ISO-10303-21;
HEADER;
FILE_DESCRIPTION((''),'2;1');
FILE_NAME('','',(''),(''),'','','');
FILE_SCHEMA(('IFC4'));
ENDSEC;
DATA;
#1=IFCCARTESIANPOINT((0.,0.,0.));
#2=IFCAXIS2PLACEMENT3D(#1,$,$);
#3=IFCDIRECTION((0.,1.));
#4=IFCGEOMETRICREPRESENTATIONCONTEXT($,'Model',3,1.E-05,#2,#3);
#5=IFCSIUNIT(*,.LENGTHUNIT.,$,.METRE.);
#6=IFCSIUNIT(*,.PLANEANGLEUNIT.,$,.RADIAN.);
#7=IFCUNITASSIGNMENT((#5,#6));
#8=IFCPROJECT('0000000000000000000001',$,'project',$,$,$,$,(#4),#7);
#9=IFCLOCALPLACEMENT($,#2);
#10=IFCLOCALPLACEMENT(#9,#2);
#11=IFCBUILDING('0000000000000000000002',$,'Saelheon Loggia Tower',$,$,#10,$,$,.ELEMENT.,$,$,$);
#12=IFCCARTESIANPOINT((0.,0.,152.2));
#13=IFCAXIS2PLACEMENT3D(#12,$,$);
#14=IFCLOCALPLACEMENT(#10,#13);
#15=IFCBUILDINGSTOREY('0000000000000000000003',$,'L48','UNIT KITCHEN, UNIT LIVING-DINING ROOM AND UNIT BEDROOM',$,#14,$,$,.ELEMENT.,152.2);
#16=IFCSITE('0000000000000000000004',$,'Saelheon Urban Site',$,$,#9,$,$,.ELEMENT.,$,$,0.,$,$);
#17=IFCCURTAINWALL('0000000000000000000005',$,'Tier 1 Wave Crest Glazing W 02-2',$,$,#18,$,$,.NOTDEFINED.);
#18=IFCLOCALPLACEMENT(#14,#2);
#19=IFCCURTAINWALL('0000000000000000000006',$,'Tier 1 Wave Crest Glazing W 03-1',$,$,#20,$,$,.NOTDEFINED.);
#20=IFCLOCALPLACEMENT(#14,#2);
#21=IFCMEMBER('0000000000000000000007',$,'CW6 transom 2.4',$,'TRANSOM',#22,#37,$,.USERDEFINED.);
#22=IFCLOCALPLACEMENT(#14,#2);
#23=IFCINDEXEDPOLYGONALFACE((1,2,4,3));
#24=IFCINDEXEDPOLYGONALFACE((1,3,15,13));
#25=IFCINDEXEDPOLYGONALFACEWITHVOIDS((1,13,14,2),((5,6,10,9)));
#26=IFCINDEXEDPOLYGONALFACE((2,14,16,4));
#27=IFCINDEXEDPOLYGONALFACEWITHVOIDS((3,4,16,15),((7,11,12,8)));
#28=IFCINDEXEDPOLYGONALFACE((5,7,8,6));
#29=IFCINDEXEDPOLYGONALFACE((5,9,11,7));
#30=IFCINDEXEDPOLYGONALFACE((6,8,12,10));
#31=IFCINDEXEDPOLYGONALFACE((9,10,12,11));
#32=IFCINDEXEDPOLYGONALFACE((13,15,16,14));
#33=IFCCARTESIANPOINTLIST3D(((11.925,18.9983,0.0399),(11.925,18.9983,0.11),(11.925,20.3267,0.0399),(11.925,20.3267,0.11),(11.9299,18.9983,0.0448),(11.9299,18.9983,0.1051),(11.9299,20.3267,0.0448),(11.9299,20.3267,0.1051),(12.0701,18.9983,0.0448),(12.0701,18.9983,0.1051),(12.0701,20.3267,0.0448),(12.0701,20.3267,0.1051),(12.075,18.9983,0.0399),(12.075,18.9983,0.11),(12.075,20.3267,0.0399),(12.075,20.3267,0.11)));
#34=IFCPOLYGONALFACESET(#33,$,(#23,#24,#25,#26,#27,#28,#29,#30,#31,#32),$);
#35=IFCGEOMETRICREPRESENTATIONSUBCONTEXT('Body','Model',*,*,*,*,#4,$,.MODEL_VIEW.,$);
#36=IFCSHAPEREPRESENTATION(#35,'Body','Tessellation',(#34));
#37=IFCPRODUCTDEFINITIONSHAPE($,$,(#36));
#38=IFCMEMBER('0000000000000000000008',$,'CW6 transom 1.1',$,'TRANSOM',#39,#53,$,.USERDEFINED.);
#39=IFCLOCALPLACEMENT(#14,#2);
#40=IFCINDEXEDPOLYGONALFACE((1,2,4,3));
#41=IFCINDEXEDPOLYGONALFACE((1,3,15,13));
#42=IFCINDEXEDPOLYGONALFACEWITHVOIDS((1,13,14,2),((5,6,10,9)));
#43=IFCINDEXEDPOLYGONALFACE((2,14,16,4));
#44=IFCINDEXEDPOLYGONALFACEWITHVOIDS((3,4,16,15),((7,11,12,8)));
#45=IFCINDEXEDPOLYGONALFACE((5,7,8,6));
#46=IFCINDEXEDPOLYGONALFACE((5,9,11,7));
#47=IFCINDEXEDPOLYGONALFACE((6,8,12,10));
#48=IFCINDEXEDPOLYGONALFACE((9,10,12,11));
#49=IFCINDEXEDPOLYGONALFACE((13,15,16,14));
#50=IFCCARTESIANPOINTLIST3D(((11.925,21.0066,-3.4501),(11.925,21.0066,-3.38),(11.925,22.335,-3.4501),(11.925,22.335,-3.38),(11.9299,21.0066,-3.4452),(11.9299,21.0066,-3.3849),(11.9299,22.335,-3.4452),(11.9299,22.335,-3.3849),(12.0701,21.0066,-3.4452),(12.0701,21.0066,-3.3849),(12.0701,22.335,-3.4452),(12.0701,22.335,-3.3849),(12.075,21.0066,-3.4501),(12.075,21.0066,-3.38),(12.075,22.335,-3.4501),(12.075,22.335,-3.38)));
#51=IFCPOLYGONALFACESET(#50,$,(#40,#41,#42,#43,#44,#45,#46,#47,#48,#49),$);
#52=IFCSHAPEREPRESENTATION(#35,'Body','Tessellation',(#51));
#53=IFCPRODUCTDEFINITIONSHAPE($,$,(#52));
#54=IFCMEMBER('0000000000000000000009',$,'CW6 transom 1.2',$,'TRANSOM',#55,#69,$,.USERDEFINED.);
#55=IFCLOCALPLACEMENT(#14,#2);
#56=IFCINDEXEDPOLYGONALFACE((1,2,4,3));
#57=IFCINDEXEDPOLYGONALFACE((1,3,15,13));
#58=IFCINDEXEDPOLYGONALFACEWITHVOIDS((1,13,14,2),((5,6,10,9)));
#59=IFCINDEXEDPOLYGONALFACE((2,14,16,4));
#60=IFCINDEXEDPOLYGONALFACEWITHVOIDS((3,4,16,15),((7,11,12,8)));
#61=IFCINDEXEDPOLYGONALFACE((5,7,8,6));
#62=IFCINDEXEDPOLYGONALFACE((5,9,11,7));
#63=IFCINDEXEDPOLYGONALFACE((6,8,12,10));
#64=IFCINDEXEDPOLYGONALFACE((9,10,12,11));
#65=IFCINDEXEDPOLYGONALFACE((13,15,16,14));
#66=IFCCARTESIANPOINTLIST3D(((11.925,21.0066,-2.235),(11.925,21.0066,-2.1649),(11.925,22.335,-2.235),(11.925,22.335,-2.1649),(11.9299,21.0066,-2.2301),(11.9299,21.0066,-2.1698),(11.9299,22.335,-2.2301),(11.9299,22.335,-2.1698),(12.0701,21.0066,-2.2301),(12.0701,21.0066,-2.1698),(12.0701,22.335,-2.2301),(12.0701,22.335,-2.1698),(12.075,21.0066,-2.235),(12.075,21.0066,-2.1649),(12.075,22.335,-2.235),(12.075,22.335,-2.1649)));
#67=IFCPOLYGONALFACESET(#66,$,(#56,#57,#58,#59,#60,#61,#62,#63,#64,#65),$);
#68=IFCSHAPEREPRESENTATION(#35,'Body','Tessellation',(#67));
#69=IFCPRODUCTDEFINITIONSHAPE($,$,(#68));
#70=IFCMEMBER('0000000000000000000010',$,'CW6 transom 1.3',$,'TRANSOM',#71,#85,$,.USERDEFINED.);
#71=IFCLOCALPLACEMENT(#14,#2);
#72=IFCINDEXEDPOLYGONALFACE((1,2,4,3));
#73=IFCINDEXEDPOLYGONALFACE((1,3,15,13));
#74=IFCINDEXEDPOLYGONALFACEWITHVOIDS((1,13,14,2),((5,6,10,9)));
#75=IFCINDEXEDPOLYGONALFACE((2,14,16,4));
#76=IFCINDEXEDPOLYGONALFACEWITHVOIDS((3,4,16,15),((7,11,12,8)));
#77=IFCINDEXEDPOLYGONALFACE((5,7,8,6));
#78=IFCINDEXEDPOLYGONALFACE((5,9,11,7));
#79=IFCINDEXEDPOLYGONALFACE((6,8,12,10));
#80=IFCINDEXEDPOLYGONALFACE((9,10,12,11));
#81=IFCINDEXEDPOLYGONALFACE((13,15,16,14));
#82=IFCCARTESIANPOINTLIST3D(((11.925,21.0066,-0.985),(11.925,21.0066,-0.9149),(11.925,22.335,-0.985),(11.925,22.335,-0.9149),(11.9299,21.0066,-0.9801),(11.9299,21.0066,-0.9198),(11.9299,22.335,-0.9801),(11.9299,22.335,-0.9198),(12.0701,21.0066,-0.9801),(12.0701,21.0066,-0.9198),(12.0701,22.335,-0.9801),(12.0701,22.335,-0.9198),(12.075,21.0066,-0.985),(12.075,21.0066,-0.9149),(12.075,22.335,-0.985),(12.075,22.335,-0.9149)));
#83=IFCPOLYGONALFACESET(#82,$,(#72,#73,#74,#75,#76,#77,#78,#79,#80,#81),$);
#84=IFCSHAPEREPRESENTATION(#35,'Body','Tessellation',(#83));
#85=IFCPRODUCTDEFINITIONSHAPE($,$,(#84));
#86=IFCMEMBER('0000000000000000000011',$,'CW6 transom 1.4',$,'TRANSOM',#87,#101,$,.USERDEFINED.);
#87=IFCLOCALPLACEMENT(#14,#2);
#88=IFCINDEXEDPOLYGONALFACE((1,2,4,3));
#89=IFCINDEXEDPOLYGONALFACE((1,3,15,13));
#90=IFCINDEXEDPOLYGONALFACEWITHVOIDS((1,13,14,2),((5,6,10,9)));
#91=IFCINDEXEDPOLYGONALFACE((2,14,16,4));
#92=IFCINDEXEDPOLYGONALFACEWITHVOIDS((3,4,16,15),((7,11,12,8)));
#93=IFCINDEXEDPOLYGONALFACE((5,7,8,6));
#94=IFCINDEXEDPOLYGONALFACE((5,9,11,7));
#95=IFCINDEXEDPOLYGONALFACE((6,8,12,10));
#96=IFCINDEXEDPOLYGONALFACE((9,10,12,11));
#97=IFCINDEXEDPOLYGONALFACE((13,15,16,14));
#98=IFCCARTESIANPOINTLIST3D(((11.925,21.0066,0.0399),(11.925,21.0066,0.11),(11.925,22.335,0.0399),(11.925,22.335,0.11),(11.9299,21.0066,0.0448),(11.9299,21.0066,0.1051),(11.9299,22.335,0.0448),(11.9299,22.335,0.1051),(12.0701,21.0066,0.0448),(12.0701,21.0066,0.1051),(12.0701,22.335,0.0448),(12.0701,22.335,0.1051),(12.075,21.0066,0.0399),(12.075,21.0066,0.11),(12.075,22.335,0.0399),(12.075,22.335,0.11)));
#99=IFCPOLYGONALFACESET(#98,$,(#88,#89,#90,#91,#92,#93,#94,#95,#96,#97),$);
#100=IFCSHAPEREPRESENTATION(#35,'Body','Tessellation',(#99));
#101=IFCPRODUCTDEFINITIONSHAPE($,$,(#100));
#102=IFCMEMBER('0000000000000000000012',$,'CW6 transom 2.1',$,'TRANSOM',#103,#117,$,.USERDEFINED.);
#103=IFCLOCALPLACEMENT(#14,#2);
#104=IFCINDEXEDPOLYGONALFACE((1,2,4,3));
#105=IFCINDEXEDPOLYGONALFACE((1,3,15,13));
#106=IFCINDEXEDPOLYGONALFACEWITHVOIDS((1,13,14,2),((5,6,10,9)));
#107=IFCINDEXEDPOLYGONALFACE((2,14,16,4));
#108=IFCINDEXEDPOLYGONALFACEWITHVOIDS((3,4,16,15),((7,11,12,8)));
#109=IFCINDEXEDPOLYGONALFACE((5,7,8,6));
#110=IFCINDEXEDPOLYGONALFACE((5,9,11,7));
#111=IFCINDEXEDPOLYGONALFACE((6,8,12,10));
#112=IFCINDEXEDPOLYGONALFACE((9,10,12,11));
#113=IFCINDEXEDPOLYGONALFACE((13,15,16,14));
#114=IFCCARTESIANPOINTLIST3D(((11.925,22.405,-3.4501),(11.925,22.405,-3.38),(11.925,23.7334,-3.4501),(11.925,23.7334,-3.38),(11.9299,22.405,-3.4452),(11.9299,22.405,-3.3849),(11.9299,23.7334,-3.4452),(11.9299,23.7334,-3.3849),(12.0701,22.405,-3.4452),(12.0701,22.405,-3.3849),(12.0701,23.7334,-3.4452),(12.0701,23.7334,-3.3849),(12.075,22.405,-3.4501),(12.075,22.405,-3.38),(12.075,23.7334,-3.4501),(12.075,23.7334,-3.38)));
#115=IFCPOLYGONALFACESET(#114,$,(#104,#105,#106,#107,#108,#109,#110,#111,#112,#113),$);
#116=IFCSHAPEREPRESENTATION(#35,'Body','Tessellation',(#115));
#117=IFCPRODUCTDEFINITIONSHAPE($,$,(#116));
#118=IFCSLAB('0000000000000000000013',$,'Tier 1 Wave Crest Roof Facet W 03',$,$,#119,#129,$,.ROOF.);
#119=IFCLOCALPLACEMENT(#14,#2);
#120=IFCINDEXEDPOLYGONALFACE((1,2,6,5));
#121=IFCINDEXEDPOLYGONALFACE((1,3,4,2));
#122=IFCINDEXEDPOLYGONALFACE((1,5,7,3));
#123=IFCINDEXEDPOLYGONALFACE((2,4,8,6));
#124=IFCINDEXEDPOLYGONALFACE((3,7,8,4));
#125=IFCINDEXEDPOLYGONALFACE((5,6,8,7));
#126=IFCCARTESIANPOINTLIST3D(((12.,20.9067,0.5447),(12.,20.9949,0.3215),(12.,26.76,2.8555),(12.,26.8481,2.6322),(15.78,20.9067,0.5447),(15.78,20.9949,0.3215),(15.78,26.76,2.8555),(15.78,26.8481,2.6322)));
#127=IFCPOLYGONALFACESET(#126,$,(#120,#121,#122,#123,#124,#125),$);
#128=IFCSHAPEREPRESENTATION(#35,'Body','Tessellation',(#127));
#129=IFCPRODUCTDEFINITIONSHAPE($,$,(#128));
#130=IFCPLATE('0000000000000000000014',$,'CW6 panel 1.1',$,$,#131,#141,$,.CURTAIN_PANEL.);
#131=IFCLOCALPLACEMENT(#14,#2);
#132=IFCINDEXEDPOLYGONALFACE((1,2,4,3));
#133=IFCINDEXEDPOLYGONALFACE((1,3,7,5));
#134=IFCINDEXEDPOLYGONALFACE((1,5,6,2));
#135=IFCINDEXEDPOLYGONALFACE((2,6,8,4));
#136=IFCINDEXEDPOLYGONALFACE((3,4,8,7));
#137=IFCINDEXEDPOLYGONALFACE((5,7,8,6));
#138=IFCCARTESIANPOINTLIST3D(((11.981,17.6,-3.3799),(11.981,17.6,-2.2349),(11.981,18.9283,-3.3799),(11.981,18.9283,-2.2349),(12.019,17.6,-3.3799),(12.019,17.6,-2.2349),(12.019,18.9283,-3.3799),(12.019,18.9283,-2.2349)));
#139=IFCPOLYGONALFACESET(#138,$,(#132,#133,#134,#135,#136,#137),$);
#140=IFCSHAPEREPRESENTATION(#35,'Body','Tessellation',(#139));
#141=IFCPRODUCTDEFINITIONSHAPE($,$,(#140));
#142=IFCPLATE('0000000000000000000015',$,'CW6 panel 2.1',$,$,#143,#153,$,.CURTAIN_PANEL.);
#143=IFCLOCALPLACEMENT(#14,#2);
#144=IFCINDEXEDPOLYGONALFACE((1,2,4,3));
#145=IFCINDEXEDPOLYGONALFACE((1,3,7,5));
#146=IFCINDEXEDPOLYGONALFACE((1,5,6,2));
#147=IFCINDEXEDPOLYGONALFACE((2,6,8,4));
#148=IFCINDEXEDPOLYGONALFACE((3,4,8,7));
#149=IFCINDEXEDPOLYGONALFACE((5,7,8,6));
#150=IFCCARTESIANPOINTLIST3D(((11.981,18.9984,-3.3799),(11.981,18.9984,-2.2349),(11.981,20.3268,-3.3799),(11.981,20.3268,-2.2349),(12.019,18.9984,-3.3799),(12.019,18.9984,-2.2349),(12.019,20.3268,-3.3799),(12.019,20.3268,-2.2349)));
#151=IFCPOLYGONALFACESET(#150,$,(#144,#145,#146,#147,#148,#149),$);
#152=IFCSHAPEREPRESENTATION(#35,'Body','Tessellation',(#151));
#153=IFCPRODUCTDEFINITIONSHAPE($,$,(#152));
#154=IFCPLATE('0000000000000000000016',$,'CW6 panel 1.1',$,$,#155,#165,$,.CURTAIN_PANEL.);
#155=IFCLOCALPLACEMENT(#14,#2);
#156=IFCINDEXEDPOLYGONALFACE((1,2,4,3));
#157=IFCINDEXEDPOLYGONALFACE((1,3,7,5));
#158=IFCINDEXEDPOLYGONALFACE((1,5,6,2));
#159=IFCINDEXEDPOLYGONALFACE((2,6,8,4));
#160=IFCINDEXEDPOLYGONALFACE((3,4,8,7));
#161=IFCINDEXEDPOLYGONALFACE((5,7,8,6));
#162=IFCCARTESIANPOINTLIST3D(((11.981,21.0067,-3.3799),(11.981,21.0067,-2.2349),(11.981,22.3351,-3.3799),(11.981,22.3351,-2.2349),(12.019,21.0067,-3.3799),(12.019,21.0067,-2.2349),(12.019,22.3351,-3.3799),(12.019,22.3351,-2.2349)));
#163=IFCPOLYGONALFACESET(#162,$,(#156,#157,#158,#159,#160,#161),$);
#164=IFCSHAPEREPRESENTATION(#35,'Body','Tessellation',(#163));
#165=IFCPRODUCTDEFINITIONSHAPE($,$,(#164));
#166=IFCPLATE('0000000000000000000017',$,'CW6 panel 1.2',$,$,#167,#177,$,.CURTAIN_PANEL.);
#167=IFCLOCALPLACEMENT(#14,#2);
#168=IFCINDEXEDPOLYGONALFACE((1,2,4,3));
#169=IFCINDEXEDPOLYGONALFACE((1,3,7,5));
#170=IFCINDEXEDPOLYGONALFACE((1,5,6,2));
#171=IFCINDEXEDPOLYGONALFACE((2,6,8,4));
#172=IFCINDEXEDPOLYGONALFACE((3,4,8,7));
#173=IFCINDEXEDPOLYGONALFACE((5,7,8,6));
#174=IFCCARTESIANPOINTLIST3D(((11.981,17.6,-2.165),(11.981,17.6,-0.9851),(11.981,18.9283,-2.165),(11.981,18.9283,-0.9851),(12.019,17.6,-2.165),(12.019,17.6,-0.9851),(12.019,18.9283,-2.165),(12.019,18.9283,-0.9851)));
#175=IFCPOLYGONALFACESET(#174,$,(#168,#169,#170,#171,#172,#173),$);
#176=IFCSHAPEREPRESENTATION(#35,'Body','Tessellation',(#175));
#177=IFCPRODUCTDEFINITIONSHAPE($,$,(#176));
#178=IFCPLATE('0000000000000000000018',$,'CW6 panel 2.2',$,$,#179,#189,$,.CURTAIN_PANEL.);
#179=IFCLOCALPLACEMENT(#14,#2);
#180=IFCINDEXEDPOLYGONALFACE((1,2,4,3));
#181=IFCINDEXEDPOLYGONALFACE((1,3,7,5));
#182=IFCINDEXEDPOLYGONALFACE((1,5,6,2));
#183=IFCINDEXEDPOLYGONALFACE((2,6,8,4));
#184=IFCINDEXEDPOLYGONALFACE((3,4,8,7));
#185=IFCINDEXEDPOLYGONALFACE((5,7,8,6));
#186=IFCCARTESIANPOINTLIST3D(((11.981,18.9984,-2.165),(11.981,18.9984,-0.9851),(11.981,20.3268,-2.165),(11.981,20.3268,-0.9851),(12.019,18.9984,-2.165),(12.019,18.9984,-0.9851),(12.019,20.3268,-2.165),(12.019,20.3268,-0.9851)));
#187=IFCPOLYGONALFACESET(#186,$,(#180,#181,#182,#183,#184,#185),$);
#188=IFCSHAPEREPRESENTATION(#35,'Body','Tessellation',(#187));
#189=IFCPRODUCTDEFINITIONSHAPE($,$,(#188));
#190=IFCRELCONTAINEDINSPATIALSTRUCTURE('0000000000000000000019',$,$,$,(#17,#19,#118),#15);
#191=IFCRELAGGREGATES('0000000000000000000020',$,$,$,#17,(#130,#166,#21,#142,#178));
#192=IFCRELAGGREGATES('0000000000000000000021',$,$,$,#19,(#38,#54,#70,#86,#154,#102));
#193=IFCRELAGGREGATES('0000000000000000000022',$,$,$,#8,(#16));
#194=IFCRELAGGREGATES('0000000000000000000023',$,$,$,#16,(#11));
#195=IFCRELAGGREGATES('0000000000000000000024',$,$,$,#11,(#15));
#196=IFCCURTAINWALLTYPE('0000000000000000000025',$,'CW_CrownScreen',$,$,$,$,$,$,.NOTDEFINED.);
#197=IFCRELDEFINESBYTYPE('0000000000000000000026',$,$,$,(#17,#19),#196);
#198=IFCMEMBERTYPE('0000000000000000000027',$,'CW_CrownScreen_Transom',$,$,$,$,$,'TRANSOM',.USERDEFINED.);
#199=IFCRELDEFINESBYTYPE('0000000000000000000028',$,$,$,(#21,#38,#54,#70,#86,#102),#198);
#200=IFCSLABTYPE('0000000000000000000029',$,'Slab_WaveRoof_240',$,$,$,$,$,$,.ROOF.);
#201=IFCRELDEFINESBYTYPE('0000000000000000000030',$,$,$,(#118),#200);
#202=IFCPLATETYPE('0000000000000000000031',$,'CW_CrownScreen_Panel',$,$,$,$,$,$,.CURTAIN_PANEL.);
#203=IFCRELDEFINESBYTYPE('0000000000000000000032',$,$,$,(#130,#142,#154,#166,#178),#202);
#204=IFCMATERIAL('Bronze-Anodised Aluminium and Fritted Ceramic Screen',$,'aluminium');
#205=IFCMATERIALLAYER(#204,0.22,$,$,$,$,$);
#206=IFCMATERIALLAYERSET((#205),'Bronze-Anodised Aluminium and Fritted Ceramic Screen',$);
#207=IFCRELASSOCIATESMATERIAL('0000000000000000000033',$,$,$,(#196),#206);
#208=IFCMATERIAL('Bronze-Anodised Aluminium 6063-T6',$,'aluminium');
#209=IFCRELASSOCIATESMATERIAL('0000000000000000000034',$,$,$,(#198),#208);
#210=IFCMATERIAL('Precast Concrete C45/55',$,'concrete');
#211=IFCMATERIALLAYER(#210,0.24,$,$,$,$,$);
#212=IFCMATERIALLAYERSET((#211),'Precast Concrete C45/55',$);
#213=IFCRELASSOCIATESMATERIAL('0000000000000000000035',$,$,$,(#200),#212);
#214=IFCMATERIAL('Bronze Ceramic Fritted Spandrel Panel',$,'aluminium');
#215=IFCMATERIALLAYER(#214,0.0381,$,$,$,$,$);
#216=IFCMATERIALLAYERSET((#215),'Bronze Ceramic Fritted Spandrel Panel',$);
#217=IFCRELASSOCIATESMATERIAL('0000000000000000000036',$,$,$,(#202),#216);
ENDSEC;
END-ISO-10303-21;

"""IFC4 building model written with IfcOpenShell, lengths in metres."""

from ifc_helpers import new_model, si_unit, direction, frame, origin, origin_2d, place, context, subcontext, project, spatial, polyline, rectangle, hollow_rectangle, outline, extrude, source, transform, mapped, material, layer, layer_set, material_profile, profile_set, type_object, element, aggregate, save


model = new_model("IFC4")

# Units and contexts
model_context = context("Model", 3, precision=1e-05, world=origin(), true_north=direction((0.0, 1.0)))
body_context = subcontext(model_context, "Body", "Model", "MODEL_VIEW")
ifc_project = project(units=[si_unit("LENGTHUNIT", "METRE"), si_unit("PLANEANGLEUNIT", "RADIAN")], contexts=[model_context])

# Site, building, storey
site_placement = place(None, origin())
site = spatial("IfcSite", under=ifc_project, at=site_placement, Name="Saelheon Urban Site", CompositionType="ELEMENT", RefElevation=0.0)
building_placement = place(site_placement, origin())
building = spatial("IfcBuilding", under=site, at=building_placement, Name="Saelheon Loggia Tower", CompositionType="ELEMENT")
storey_placement = place(building_placement, frame((0.0, 0.0, 152.2)))
storey = spatial("IfcBuildingStorey", under=building, at=storey_placement, Name="L48", Description="UNIT KITCHEN, UNIT LIVING-DINING ROOM AND UNIT BEDROOM", CompositionType="ELEMENT", Elevation=152.2)

# Curtain walls
ifc_material_1 = material(Name="Bronze-Anodised Aluminium and Fritted Ceramic Screen", Category="aluminium")
ifc_layer_1 = layer(ifc_material_1, 0.22)
ifc_layer_set_1 = layer_set([ifc_layer_1], Name="Bronze-Anodised Aluminium and Fritted Ceramic Screen")
curtain_wall_type = type_object("IfcCurtainWallType", Name="CW_CrownScreen", PredefinedType="NOTDEFINED", material=ifc_layer_set_1)
curtain_wall_1_placement = place(storey_placement, origin())
curtain_wall_1 = element("IfcCurtainWall", 1, at=curtain_wall_1_placement, inside=storey, type_object=curtain_wall_type, Name="Tier 1 Wave Crest Glazing W 02-2", PredefinedType="NOTDEFINED")
ifc_material_2 = material(Name="Bronze-Anodised Aluminium 6063-T6", Category="aluminium")
curtain_wall_2_placement = place(storey_placement, origin())
curtain_wall_2 = element("IfcCurtainWall", 2, at=curtain_wall_2_placement, inside=storey, type_object=curtain_wall_type, Name="Tier 1 Wave Crest Glazing W 03-1", PredefinedType="NOTDEFINED")

# Members
ifc_material_profile_1 = material_profile(ifc_material_2, hollow_rectangle(XDim=0.0701, YDim=0.1499, WallThickness=0.0049, at=origin_2d()), Name="RHS-150x70x5")
ifc_profile_set_1 = profile_set([ifc_material_profile_1], Name="Bronze-Anodised Aluminium 6063-T6")
member_type_1 = type_object("IfcMemberType", Name="CW_CrownScreen_Transom", ElementType="TRANSOM", PredefinedType="USERDEFINED", material=ifc_profile_set_1)
shared_shape_1 = source(origin(), body_context, "Body", "SweptSolid", [
    extrude(hollow_rectangle(XDim=0.0701, YDim=0.1499, WallThickness=0.0049, at=origin_2d()), origin(), (0.0, 0.0, 1.0), 1.3284),
])
member_1_placement = place(storey_placement, frame((12.0, 18.9983, 0.075), z_axis=(0.0, 1.0, 0.0), x_axis=(0.0, 0.0, 1.0)))
member_1 = element("IfcMember", 3, at=member_1_placement, type_object=member_type_1, Name="CW6 transom 2.4", ObjectType="TRANSOM", PredefinedType="USERDEFINED", context=body_context, shape_type="MappedRepresentation", body=[
    mapped(shared_shape_1, transform((0.0, 0.0, 0.0), scale=1.0)),
])
member_2_placement = place(storey_placement, frame((12.0, 21.0066, -3.415), z_axis=(0.0, 1.0, 0.0), x_axis=(0.0, 0.0, 1.0)))
member_2 = element("IfcMember", 4, at=member_2_placement, type_object=member_type_1, Name="CW6 transom 1.1", ObjectType="TRANSOM", PredefinedType="USERDEFINED", context=body_context, shape_type="MappedRepresentation", body=[
    mapped(shared_shape_1, transform((0.0, 0.0, 0.0), scale=1.0)),
])
member_3_placement = place(storey_placement, frame((12.0, 21.0066, -2.2), z_axis=(0.0, 1.0, 0.0), x_axis=(0.0, 0.0, 1.0)))
member_3 = element("IfcMember", 5, at=member_3_placement, type_object=member_type_1, Name="CW6 transom 1.2", ObjectType="TRANSOM", PredefinedType="USERDEFINED", context=body_context, shape_type="MappedRepresentation", body=[
    mapped(shared_shape_1, transform((0.0, 0.0, 0.0), scale=1.0)),
])
member_4_placement = place(storey_placement, frame((12.0, 21.0066, -0.95), z_axis=(0.0, 1.0, 0.0), x_axis=(0.0, 0.0, 1.0)))
member_4 = element("IfcMember", 6, at=member_4_placement, type_object=member_type_1, Name="CW6 transom 1.3", ObjectType="TRANSOM", PredefinedType="USERDEFINED", context=body_context, shape_type="MappedRepresentation", body=[
    mapped(shared_shape_1, transform((0.0, 0.0, 0.0), scale=1.0)),
])
member_5_placement = place(storey_placement, frame((12.0, 21.0066, 0.075), z_axis=(0.0, 1.0, 0.0), x_axis=(0.0, 0.0, 1.0)))
member_5 = element("IfcMember", 7, at=member_5_placement, type_object=member_type_1, Name="CW6 transom 1.4", ObjectType="TRANSOM", PredefinedType="USERDEFINED", context=body_context, shape_type="MappedRepresentation", body=[
    mapped(shared_shape_1, transform((0.0, 0.0, 0.0), scale=1.0)),
])
member_6_placement = place(storey_placement, frame((12.0, 22.405, -3.415), z_axis=(0.0, 1.0, 0.0), x_axis=(0.0, 0.0, 1.0)))
member_6 = element("IfcMember", 8, at=member_6_placement, type_object=member_type_1, Name="CW6 transom 2.1", ObjectType="TRANSOM", PredefinedType="USERDEFINED", context=body_context, shape_type="MappedRepresentation", body=[
    mapped(shared_shape_1, transform((0.0, 0.0, 0.0), scale=1.0)),
])

# Slab
ifc_material_3 = material(Name="Precast Concrete C45/55", Category="concrete")
ifc_layer_2 = layer(ifc_material_3, 0.24)
ifc_layer_set_2 = layer_set([ifc_layer_2], Name="Precast Concrete C45/55")
slab_type = type_object("IfcSlabType", Name="Slab_WaveRoof_240", PredefinedType="ROOF", material=ifc_layer_set_2)
slab_placement = place(storey_placement, frame((12.0, 20.9067, 0.5447), z_axis=(0.0, -0.367206, 0.93014), x_axis=(1.0, 0.0, 0.0)))
element("IfcSlab", 9, at=slab_placement, inside=storey, type_object=slab_type, Name="Tier 1 Wave Crest Roof Facet W 03", PredefinedType="ROOF", context=body_context, shape_type="SweptSolid", body=[
    extrude(outline(polyline([(0.0, 0.0), (3.78, 0.0), (3.78, 6.2929), (0.0, 6.2929), (0.0, 0.0)])), origin(), (0.0, 0.0, -1.0), 0.24),
])

# Plates
ifc_material_4 = material(Name="Bronze Ceramic Fritted Spandrel Panel", Category="aluminium")
ifc_layer_3 = layer(ifc_material_4, 0.0381)
ifc_layer_set_3 = layer_set([ifc_layer_3], Name="Bronze Ceramic Fritted Spandrel Panel")
plate_type = type_object("IfcPlateType", Name="CW_CrownScreen_Panel", PredefinedType="CURTAIN_PANEL", material=ifc_layer_set_3)
shared_shape_2 = source(origin(), body_context, "Body", "SweptSolid", [
    extrude(rectangle(XDim=1.3284, YDim=0.0381, at=origin_2d()), origin(), (0.0, 0.0, 1.0), 1.145),
])
plate_1_placement = place(storey_placement, frame((12.0, 18.2642, -3.3799), z_axis=(0.0, 0.0, 1.0), x_axis=(0.0, 1.0, 0.0)))
plate_1 = element("IfcPlate", 10, at=plate_1_placement, type_object=plate_type, Name="CW6 panel 1.1", PredefinedType="CURTAIN_PANEL", context=body_context, shape_type="MappedRepresentation", body=[
    mapped(shared_shape_2, transform((0.0, 0.0, 0.0), scale=1.0)),
])
plate_2_placement = place(storey_placement, frame((12.0, 19.6626, -3.3799), z_axis=(0.0, 0.0, 1.0), x_axis=(0.0, 1.0, 0.0)))
plate_2 = element("IfcPlate", 11, at=plate_2_placement, type_object=plate_type, Name="CW6 panel 2.1", PredefinedType="CURTAIN_PANEL", context=body_context, shape_type="MappedRepresentation", body=[
    mapped(shared_shape_2, transform((0.0, 0.0, 0.0), scale=1.0)),
])
plate_3_placement = place(storey_placement, frame((12.0, 21.6709, -3.3799), z_axis=(0.0, 0.0, 1.0), x_axis=(0.0, 1.0, 0.0)))
plate_3 = element("IfcPlate", 12, at=plate_3_placement, type_object=plate_type, Name="CW6 panel 1.1", PredefinedType="CURTAIN_PANEL", context=body_context, shape_type="MappedRepresentation", body=[
    mapped(shared_shape_2, transform((0.0, 0.0, 0.0), scale=1.0)),
])
shared_shape_3 = source(origin(), body_context, "Body", "SweptSolid", [
    extrude(rectangle(XDim=1.3284, YDim=0.0381, at=origin_2d()), origin(), (0.0, 0.0, 1.0), 1.1799),
])
plate_4_placement = place(storey_placement, frame((12.0, 18.2642, -2.165), z_axis=(0.0, 0.0, 1.0), x_axis=(0.0, 1.0, 0.0)))
plate_4 = element("IfcPlate", 13, at=plate_4_placement, type_object=plate_type, Name="CW6 panel 1.2", PredefinedType="CURTAIN_PANEL", context=body_context, shape_type="MappedRepresentation", body=[
    mapped(shared_shape_3, transform((0.0, 0.0, 0.0), scale=1.0)),
])
plate_5_placement = place(storey_placement, frame((12.0, 19.6626, -2.165), z_axis=(0.0, 0.0, 1.0), x_axis=(0.0, 1.0, 0.0)))
plate_5 = element("IfcPlate", 14, at=plate_5_placement, type_object=plate_type, Name="CW6 panel 2.2", PredefinedType="CURTAIN_PANEL", context=body_context, shape_type="MappedRepresentation", body=[
    mapped(shared_shape_3, transform((0.0, 0.0, 0.0), scale=1.0)),
])
aggregate(curtain_wall_1, [plate_1, plate_4, member_1, plate_2, plate_5])
aggregate(curtain_wall_2, [member_2, member_3, member_4, member_5, plate_3, member_6])

save(model, "model.ifc")
